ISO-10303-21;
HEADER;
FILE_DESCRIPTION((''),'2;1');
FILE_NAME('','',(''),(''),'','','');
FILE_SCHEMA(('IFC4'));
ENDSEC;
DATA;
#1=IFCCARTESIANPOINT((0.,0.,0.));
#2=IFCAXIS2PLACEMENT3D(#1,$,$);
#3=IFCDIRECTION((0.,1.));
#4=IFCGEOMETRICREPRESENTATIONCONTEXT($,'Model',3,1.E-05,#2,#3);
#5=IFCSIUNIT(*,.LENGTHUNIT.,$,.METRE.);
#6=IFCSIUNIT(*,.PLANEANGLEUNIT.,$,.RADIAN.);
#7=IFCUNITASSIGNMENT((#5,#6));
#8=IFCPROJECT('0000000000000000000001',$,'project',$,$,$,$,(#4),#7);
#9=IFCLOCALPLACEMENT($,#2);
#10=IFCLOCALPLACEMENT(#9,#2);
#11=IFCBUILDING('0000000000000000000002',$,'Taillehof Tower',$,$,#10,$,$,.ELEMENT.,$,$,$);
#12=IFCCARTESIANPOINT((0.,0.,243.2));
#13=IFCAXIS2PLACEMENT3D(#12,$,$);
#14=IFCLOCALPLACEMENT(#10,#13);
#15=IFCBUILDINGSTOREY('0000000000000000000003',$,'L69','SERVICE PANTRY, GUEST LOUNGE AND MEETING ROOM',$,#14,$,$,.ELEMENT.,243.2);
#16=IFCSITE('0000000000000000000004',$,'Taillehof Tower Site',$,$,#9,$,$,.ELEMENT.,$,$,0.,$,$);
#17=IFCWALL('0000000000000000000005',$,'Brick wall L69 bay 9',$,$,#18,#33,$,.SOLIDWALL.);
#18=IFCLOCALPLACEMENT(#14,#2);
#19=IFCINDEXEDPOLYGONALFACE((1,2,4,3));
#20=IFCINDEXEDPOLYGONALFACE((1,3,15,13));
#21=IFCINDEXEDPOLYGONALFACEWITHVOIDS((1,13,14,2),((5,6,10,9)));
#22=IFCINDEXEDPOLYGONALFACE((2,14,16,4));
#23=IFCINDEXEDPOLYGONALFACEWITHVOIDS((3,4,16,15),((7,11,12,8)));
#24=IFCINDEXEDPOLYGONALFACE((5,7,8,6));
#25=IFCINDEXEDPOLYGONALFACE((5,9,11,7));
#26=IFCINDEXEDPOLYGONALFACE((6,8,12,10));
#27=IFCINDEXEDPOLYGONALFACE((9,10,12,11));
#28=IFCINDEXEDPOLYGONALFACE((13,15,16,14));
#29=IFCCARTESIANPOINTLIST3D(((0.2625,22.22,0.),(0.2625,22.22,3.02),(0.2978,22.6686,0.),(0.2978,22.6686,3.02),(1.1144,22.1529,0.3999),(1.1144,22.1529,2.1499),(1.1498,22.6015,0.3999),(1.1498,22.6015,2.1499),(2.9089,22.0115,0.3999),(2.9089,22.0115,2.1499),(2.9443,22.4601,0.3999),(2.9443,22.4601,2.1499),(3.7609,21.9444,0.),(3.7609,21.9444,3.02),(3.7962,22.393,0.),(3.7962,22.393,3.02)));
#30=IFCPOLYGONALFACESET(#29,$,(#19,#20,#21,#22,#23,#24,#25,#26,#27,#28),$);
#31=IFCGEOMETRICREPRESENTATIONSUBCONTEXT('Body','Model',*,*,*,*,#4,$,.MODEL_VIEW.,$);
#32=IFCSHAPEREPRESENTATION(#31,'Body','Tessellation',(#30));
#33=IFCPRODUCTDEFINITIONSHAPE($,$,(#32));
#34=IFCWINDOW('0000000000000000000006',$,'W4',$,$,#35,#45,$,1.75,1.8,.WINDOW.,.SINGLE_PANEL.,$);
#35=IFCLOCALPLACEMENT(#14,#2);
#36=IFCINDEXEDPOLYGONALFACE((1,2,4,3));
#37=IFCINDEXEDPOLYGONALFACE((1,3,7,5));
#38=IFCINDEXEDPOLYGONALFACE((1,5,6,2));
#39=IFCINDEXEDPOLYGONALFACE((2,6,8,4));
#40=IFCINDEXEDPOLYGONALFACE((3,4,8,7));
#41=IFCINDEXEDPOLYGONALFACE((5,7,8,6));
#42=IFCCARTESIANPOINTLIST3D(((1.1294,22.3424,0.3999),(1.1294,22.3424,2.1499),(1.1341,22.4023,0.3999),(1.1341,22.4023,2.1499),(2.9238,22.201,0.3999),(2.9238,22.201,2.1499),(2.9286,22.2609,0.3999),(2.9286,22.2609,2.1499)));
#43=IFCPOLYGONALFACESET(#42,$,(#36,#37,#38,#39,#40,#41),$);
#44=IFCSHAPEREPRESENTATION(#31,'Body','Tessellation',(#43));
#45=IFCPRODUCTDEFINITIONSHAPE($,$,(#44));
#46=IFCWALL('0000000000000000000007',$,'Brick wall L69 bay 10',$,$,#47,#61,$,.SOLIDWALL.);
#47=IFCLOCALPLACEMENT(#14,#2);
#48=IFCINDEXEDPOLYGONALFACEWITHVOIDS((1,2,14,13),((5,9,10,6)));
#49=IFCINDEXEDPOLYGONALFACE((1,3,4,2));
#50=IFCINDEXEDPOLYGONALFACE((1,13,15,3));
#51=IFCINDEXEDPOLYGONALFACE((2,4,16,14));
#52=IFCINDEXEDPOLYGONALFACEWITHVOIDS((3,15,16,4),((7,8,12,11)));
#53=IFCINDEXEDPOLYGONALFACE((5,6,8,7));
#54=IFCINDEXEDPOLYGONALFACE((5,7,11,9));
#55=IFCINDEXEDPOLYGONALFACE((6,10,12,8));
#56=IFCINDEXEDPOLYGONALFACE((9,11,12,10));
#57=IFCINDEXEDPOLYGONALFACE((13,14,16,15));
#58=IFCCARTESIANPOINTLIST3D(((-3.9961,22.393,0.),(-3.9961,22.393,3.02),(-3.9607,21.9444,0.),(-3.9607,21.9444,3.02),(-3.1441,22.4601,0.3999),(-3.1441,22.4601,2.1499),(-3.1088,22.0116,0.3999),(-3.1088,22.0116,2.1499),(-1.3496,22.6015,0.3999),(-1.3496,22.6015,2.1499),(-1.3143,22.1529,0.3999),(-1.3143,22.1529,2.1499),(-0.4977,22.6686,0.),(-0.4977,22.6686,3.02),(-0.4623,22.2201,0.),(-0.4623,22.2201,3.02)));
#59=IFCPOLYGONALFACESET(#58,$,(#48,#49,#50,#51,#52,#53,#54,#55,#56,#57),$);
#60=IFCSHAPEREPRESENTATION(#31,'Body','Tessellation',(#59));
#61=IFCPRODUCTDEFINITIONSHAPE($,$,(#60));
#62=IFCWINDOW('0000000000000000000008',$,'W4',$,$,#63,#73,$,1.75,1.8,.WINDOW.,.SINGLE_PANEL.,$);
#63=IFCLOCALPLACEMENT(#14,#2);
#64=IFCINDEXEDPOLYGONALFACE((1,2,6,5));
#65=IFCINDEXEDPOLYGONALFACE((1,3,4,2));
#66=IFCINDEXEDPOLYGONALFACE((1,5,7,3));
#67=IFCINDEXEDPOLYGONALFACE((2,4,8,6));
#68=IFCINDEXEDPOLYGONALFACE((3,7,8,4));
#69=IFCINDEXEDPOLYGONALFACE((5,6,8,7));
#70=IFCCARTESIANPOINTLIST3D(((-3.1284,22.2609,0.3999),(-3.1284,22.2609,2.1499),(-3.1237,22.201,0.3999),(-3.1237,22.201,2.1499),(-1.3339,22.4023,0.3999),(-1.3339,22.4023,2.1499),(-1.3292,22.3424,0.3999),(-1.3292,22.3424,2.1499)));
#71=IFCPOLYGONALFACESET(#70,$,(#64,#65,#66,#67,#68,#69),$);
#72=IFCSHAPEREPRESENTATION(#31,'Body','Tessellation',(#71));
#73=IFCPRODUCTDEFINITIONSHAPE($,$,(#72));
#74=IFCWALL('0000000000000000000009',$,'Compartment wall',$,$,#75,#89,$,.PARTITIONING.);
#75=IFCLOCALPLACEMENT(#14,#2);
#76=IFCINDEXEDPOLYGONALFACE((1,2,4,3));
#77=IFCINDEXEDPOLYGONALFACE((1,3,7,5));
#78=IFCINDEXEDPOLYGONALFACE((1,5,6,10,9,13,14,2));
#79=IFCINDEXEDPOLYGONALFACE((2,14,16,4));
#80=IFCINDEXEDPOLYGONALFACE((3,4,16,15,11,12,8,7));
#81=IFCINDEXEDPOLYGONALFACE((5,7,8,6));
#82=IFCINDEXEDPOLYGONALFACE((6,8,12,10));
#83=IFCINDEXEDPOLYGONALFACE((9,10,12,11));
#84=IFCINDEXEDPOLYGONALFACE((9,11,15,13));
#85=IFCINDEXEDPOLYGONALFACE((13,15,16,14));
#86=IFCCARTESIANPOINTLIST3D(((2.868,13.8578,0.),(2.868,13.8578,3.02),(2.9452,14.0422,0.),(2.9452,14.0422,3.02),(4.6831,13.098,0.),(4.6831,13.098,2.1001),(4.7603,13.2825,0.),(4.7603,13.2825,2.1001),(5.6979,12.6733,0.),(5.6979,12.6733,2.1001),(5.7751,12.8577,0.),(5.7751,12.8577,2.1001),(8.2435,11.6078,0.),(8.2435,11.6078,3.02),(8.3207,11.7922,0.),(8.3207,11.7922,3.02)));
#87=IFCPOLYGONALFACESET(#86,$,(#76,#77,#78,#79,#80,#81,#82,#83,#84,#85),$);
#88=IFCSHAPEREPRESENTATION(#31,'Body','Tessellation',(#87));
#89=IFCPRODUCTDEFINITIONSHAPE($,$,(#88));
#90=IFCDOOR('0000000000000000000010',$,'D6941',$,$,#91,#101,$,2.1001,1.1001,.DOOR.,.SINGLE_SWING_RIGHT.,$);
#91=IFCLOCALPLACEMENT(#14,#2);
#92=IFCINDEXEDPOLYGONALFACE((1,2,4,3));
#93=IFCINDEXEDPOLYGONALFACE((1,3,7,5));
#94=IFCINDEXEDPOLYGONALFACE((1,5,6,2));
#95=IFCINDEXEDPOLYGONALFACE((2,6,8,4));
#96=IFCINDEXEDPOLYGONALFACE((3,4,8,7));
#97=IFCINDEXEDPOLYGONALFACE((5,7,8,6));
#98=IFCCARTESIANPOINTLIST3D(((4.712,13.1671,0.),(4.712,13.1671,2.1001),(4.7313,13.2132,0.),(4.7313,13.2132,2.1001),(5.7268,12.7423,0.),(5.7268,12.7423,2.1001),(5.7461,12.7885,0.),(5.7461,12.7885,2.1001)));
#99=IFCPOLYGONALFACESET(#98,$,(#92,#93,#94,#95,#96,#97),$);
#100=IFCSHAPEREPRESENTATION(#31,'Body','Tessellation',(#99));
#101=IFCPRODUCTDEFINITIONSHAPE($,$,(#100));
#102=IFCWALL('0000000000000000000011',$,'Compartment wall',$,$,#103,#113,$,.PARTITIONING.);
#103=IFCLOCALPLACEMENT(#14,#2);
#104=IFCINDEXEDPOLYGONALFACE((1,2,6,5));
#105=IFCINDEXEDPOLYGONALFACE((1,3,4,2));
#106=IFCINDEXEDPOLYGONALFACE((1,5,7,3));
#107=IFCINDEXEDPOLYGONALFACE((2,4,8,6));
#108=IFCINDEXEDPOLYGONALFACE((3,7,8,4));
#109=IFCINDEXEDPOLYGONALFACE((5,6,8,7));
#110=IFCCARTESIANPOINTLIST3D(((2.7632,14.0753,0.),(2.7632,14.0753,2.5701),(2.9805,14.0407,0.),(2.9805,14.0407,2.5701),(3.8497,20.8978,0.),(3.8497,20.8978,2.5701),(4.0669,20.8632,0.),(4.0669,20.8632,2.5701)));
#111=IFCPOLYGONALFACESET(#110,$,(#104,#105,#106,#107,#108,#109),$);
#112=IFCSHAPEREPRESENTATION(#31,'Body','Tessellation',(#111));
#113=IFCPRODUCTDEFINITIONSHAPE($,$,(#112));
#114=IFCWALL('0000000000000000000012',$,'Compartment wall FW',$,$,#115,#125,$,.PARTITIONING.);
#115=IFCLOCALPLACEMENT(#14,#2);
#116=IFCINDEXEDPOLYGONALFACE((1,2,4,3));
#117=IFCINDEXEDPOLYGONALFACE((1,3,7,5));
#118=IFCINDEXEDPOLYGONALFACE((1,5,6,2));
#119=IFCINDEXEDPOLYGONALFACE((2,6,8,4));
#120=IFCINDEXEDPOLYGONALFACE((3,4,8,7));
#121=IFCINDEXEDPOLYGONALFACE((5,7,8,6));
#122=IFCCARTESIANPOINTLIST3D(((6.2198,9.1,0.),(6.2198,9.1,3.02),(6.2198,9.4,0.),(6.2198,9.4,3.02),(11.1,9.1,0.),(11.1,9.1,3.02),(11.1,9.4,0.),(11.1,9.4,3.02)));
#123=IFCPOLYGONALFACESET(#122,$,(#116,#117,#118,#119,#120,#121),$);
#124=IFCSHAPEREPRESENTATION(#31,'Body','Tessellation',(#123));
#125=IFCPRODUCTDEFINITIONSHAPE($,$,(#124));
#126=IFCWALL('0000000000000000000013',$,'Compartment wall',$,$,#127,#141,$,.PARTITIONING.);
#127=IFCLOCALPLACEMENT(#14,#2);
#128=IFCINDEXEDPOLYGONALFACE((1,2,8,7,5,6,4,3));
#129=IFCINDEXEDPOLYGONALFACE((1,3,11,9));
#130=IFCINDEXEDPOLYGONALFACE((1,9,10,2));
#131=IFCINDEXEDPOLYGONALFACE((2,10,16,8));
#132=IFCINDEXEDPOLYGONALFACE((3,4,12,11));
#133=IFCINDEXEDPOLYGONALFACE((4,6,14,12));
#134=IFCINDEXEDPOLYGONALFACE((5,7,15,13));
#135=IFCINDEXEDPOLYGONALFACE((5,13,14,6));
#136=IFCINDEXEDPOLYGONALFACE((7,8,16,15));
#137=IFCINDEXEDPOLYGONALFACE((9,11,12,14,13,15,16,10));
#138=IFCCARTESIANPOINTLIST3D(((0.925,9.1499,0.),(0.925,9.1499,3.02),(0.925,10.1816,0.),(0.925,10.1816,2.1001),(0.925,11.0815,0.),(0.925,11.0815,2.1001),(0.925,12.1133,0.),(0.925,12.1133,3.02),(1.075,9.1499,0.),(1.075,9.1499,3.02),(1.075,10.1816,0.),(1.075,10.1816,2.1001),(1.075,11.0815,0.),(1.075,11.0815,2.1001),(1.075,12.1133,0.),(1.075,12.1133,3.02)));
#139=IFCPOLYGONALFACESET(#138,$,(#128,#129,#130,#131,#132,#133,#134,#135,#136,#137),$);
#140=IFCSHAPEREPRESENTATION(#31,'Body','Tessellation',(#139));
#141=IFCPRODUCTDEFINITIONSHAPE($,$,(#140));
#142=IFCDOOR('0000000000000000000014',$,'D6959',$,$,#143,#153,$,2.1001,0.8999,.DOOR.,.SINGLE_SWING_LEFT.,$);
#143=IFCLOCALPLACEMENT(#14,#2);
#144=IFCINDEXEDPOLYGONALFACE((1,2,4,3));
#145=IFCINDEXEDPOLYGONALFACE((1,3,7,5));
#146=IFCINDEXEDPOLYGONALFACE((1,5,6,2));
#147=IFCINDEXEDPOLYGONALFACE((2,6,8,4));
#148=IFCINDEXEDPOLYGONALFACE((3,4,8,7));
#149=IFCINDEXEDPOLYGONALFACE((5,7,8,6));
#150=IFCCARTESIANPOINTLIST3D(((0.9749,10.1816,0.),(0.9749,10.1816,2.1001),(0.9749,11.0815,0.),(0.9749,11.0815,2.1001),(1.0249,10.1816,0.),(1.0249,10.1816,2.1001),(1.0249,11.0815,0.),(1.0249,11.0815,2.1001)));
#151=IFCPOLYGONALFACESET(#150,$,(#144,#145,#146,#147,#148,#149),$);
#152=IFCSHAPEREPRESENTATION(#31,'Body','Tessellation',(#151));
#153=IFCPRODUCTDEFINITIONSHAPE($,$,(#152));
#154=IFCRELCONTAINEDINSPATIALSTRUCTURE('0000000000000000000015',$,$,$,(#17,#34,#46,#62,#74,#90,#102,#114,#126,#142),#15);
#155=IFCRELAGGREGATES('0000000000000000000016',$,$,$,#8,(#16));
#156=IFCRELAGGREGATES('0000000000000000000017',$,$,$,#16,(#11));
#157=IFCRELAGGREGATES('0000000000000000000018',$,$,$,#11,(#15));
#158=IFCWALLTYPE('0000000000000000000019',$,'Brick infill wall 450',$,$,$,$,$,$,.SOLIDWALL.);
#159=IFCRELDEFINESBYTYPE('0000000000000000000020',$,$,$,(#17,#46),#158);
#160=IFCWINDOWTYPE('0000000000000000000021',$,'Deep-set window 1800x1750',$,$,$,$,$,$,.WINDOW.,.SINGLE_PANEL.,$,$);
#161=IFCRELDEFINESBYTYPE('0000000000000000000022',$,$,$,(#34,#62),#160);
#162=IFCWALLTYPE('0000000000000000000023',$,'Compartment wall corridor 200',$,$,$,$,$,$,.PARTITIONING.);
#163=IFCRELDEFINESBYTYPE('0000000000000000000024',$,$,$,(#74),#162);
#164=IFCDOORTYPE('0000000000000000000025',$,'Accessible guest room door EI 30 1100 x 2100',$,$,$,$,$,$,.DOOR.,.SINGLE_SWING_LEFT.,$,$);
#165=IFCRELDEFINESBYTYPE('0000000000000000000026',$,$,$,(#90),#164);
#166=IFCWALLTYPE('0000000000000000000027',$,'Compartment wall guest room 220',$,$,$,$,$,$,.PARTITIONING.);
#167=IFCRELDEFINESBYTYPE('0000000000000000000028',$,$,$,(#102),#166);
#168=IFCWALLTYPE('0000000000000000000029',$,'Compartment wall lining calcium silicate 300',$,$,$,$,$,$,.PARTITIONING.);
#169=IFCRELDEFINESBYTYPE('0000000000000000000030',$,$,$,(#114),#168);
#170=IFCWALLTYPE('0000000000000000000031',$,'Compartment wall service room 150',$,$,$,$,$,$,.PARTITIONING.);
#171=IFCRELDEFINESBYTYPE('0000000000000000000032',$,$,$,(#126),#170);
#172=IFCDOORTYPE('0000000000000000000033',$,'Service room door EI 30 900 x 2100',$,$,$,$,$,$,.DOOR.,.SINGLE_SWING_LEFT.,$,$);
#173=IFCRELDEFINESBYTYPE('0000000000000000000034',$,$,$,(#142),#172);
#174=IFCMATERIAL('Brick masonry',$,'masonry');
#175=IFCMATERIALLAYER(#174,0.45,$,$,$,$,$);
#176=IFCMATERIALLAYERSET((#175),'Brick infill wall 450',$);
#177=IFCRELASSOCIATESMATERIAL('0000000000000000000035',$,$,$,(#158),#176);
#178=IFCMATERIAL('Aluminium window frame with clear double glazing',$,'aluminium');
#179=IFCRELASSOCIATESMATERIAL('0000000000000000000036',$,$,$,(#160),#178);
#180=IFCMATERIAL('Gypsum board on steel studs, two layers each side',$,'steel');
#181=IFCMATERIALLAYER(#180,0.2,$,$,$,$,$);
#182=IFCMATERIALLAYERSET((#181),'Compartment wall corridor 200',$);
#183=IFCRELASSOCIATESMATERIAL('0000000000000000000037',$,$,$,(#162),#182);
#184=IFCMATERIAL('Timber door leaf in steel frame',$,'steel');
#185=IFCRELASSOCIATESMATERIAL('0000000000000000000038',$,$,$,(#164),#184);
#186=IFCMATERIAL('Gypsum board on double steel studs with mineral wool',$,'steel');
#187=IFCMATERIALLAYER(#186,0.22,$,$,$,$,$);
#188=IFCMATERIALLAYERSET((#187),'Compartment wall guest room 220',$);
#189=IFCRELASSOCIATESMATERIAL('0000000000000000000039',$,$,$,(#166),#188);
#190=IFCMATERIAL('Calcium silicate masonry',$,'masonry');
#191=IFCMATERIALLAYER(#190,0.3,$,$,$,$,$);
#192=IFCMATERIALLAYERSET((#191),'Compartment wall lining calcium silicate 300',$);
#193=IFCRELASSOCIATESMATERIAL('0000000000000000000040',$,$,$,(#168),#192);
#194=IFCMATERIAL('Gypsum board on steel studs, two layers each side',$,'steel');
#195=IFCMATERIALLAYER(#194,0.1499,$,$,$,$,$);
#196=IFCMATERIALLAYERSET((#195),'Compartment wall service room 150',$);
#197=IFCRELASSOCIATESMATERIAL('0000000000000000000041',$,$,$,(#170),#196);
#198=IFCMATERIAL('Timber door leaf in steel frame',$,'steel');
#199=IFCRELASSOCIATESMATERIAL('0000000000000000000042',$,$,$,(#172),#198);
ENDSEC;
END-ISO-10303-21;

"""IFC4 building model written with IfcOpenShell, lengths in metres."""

from ifc_helpers import new_model, si_unit, direction, frame, frame_2d, origin, place, context, subcontext, project, spatial, rectangle, extrude, material, layer, layer_set, type_object, element, fill, save


model = new_model("IFC4")

# Units and contexts
model_context = context("Model", 3, precision=1e-05, world=origin(), true_north=direction((0.0, 1.0)))
body_context = subcontext(model_context, "Body", "Model", "MODEL_VIEW")
ifc_project = project(units=[si_unit("LENGTHUNIT", "METRE"), si_unit("PLANEANGLEUNIT", "RADIAN")], contexts=[model_context])

# Site, building, storey
site_placement = place(None, origin())
site = spatial("IfcSite", under=ifc_project, at=site_placement, Name="Taillehof Tower Site", CompositionType="ELEMENT", RefElevation=0.0)
building_placement = place(site_placement, origin())
building = spatial("IfcBuilding", under=site, at=building_placement, Name="Taillehof Tower", CompositionType="ELEMENT")
storey_placement = place(building_placement, frame((0.0, 0.0, 243.2)))
storey = spatial("IfcBuildingStorey", under=building, at=storey_placement, Name="L69", Description="SERVICE PANTRY, GUEST LOUNGE AND MEETING ROOM", CompositionType="ELEMENT", Elevation=243.2)

# Walls, openings, windows
ifc_material_1 = material(Name="Brick masonry", Category="masonry")
ifc_layer_1 = layer(ifc_material_1, 0.45)
ifc_layer_set_1 = layer_set([ifc_layer_1], Name="Brick infill wall 450")
wall_type_1 = type_object("IfcWallType", Name="Brick infill wall 450", PredefinedType="SOLIDWALL", material=ifc_layer_set_1)
ifc_material_2 = material(Name="Aluminium window frame with clear double glazing", Category="aluminium")
window_type = type_object("IfcWindowType", Name="Deep-set window 1800x1750", PartitioningType="SINGLE_PANEL", PredefinedType="WINDOW", material=ifc_material_2)
wall_1_placement = place(storey_placement, frame((3.7786, 22.1687, 0.0), z_axis=(0.0, 0.0, 1.0), x_axis=(-0.996911, 0.078542, 0.0)))
wall_1 = element("IfcWall", 1, at=wall_1_placement, inside=storey, type_object=wall_type_1, Name="Brick wall L69 bay 9", PredefinedType="SOLIDWALL", context=body_context, shape_type="SweptSolid", body=[
    extrude(rectangle(XDim=3.5093, YDim=0.45, at=frame_2d((1.7546, 0.0))), origin(), (0.0, 0.0, 1.0), 3.02),
])
opening_1_placement = place(wall_1_placement, frame((0.8547, 0.0, 0.3999)))
opening_1 = element("IfcOpeningElement", 2, at=opening_1_placement, cuts=wall_1, PredefinedType="OPENING", context=body_context, shape_type="SweptSolid", body=[
    extrude(rectangle(XDim=1.8, YDim=1.75, at=frame_2d((0.8999, 0.875))), frame((0.0, 0.2349, 0.0), z_axis=(0.0, -1.0, 0.0), x_axis=(1.0, 0.0, 0.0)), (0.0, 0.0, 1.0), 0.47),
])
window_1_placement = place(opening_1_placement, origin())
window_1 = element("IfcWindow", 3, at=window_1_placement, inside=storey, type_object=window_type, Name="W4", OverallHeight=1.75, OverallWidth=1.8, PartitioningType="SINGLE_PANEL", PredefinedType="WINDOW", context=body_context, shape_type="SweptSolid", body=[
    extrude(rectangle(XDim=1.8, YDim=1.75, at=frame_2d((0.8999, 0.875))), frame((0.0, 0.0349, 0.0), z_axis=(0.0, -1.0, 0.0), x_axis=(1.0, 0.0, 0.0)), (0.0, 0.0, 1.0), 0.0601),
])
fill(opening_1, window_1)
wall_2_placement = place(storey_placement, frame((-0.48, 22.4443, 0.0), z_axis=(0.0, 0.0, 1.0), x_axis=(-0.996911, -0.078542, 0.0)))
wall_2 = element("IfcWall", 4, at=wall_2_placement, inside=storey, type_object=wall_type_1, Name="Brick wall L69 bay 10", PredefinedType="SOLIDWALL", context=body_context, shape_type="SweptSolid", body=[
    extrude(rectangle(XDim=3.5093, YDim=0.45, at=frame_2d((1.7546, 0.0))), origin(), (0.0, 0.0, 1.0), 3.02),
])
opening_2_placement = place(wall_2_placement, frame((0.8547, 0.0, 0.3999)))
opening_2 = element("IfcOpeningElement", 5, at=opening_2_placement, cuts=wall_2, PredefinedType="OPENING", context=body_context, shape_type="SweptSolid", body=[
    extrude(rectangle(XDim=1.8, YDim=1.75, at=frame_2d((0.8999, 0.875))), frame((0.0, 0.2349, 0.0), z_axis=(0.0, -1.0, 0.0), x_axis=(1.0, 0.0, 0.0)), (0.0, 0.0, 1.0), 0.47),
])
window_2_placement = place(opening_2_placement, origin())
window_2 = element("IfcWindow", 6, at=window_2_placement, inside=storey, type_object=window_type, Name="W4", OverallHeight=1.75, OverallWidth=1.8, PartitioningType="SINGLE_PANEL", PredefinedType="WINDOW", context=body_context, shape_type="SweptSolid", body=[
    extrude(rectangle(XDim=1.8, YDim=1.75, at=frame_2d((0.8999, 0.875))), frame((0.0, 0.0349, 0.0), z_axis=(0.0, -1.0, 0.0), x_axis=(1.0, 0.0, 0.0)), (0.0, 0.0, 1.0), 0.0601),
])
fill(opening_2, window_2)

# Wall, opening, door
ifc_material_3 = material(Name="Gypsum board on steel studs, two layers each side", Category="steel")
ifc_layer_2 = layer(ifc_material_3, 0.2)
ifc_layer_set_2 = layer_set([ifc_layer_2], Name="Compartment wall corridor 200")
wall_type_2 = type_object("IfcWallType", Name="Compartment wall corridor 200", PredefinedType="PARTITIONING", material=ifc_layer_set_2)
wall_3_placement = place(storey_placement, frame((2.9067, 13.95, 0.0), z_axis=(0.0, 0.0, 1.0), x_axis=(0.922453, -0.386108, 0.0)))
wall_3 = element("IfcWall", 7, at=wall_3_placement, inside=storey, type_object=wall_type_2, Name="Compartment wall", PredefinedType="PARTITIONING", context=body_context, shape_type="SweptSolid", body=[
    extrude(rectangle(XDim=5.8274, YDim=0.2, at=frame_2d((2.9136, 0.0))), origin(), (0.0, 0.0, 1.0), 3.02),
])
opening_3_placement = place(wall_3_placement, frame((1.9675, 0.0, 0.0)))
opening_3 = element("IfcOpeningElement", 8, at=opening_3_placement, cuts=wall_3, PredefinedType="OPENING", context=body_context, shape_type="SweptSolid", body=[
    extrude(rectangle(XDim=1.1001, YDim=2.1001, at=frame_2d((0.55, 1.05))), frame((0.0, 0.1099, 0.0), z_axis=(0.0, -1.0, 0.0), x_axis=(1.0, 0.0, 0.0)), (0.0, 0.0, 1.0), 0.22),
])
ifc_material_4 = material(Name="Timber door leaf in steel frame", Category="steel")
door_type_1 = type_object("IfcDoorType", Name="Accessible guest room door EI 30 1100 x 2100", OperationType="SINGLE_SWING_LEFT", PredefinedType="DOOR", material=ifc_material_4)
door_1_placement = place(opening_3_placement, origin())
door_1 = element("IfcDoor", 9, at=door_1_placement, inside=storey, type_object=door_type_1, Name="D6941", OperationType="SINGLE_SWING_RIGHT", OverallHeight=2.1001, OverallWidth=1.1001, PredefinedType="DOOR", context=body_context, shape_type="SweptSolid", body=[
    extrude(rectangle(XDim=1.1001, YDim=2.1001, at=frame_2d((0.55, 1.05))), frame((0.0, 0.0249, 0.0), z_axis=(0.0, -1.0, 0.0), x_axis=(1.0, 0.0, 0.0)), (0.0, 0.0, 1.0), 0.05),
])
fill(opening_3, door_1)

# Walls
ifc_material_5 = material(Name="Gypsum board on double steel studs with mineral wool", Category="steel")
ifc_layer_3 = layer(ifc_material_5, 0.22)
ifc_layer_set_3 = layer_set([ifc_layer_3], Name="Compartment wall guest room 220")
wall_type_3 = type_object("IfcWallType", Name="Compartment wall guest room 220", PredefinedType="PARTITIONING", material=ifc_layer_set_3)
wall_4_placement = place(storey_placement, frame((3.9583, 20.8804, 0.0), z_axis=(0.0, 0.0, 1.0), x_axis=(-0.15726, -0.987557, 0.0)))
element("IfcWall", 10, at=wall_4_placement, inside=storey, type_object=wall_type_3, Name="Compartment wall", PredefinedType="PARTITIONING", context=body_context, shape_type="SweptSolid", body=[
    extrude(rectangle(XDim=6.9084, YDim=0.22, at=frame_2d((3.4541, 0.0))), origin(), (0.0, 0.0, 1.0), 2.5701),
])
ifc_material_6 = material(Name="Calcium silicate masonry", Category="masonry")
ifc_layer_4 = layer(ifc_material_6, 0.3)
ifc_layer_set_4 = layer_set([ifc_layer_4], Name="Compartment wall lining calcium silicate 300")
wall_type_4 = type_object("IfcWallType", Name="Compartment wall lining calcium silicate 300", PredefinedType="PARTITIONING", material=ifc_layer_set_4)
wall_5_placement = place(storey_placement, frame((6.22, 9.25, 0.0), z_axis=(0.0, 0.0, 1.0), x_axis=(1.0, 0.0, 0.0)))
element("IfcWall", 11, at=wall_5_placement, inside=storey, type_object=wall_type_4, Name="Compartment wall FW", PredefinedType="PARTITIONING", context=body_context, shape_type="SweptSolid", body=[
    extrude(rectangle(XDim=4.8801, YDim=0.3, at=frame_2d((2.4399, 0.0))), origin(), (0.0, 0.0, 1.0), 3.02),
])

# Wall, opening, door
ifc_material_7 = material(Name="Gypsum board on steel studs, two layers each side", Category="steel")
ifc_layer_5 = layer(ifc_material_7, 0.1499)
ifc_layer_set_5 = layer_set([ifc_layer_5], Name="Compartment wall service room 150")
wall_type_5 = type_object("IfcWallType", Name="Compartment wall service room 150", PredefinedType="PARTITIONING", material=ifc_layer_set_5)
wall_6_placement = place(storey_placement, frame((1.0, 12.1133, 0.0), z_axis=(0.0, 0.0, 1.0), x_axis=(0.0, -1.0, 0.0)))
wall_6 = element("IfcWall", 12, at=wall_6_placement, inside=storey, type_object=wall_type_5, Name="Compartment wall", PredefinedType="PARTITIONING", context=body_context, shape_type="SweptSolid", body=[
    extrude(rectangle(XDim=2.9634, YDim=0.1499, at=frame_2d((1.4817, 0.0))), origin(), (0.0, 0.0, 1.0), 3.02),
])
opening_4_placement = place(wall_6_placement, frame((1.0317, 0.0, 0.0)))
opening_4 = element("IfcOpeningElement", 13, at=opening_4_placement, cuts=wall_6, PredefinedType="OPENING", context=body_context, shape_type="SweptSolid", body=[
    extrude(rectangle(XDim=0.8999, YDim=2.1001, at=frame_2d((0.45, 1.05))), frame((0.0, 0.085, 0.0), z_axis=(0.0, -1.0, 0.0), x_axis=(1.0, 0.0, 0.0)), (0.0, 0.0, 1.0), 0.1699),
])
ifc_material_8 = material(Name="Timber door leaf in steel frame", Category="steel")
door_type_2 = type_object("IfcDoorType", Name="Service room door EI 30 900 x 2100", OperationType="SINGLE_SWING_LEFT", PredefinedType="DOOR", material=ifc_material_8)
door_2_placement = place(opening_4_placement, origin())
door_2 = element("IfcDoor", 14, at=door_2_placement, inside=storey, type_object=door_type_2, Name="D6959", OperationType="SINGLE_SWING_LEFT", OverallHeight=2.1001, OverallWidth=0.8999, PredefinedType="DOOR", context=body_context, shape_type="SweptSolid", body=[
    extrude(rectangle(XDim=0.8999, YDim=2.1001, at=frame_2d((0.45, 1.05))), frame((0.0, 0.0249, 0.0), z_axis=(0.0, -1.0, 0.0), x_axis=(1.0, 0.0, 0.0)), (0.0, 0.0, 1.0), 0.05),
])
fill(opening_4, door_2)

save(model, "model.ifc")
